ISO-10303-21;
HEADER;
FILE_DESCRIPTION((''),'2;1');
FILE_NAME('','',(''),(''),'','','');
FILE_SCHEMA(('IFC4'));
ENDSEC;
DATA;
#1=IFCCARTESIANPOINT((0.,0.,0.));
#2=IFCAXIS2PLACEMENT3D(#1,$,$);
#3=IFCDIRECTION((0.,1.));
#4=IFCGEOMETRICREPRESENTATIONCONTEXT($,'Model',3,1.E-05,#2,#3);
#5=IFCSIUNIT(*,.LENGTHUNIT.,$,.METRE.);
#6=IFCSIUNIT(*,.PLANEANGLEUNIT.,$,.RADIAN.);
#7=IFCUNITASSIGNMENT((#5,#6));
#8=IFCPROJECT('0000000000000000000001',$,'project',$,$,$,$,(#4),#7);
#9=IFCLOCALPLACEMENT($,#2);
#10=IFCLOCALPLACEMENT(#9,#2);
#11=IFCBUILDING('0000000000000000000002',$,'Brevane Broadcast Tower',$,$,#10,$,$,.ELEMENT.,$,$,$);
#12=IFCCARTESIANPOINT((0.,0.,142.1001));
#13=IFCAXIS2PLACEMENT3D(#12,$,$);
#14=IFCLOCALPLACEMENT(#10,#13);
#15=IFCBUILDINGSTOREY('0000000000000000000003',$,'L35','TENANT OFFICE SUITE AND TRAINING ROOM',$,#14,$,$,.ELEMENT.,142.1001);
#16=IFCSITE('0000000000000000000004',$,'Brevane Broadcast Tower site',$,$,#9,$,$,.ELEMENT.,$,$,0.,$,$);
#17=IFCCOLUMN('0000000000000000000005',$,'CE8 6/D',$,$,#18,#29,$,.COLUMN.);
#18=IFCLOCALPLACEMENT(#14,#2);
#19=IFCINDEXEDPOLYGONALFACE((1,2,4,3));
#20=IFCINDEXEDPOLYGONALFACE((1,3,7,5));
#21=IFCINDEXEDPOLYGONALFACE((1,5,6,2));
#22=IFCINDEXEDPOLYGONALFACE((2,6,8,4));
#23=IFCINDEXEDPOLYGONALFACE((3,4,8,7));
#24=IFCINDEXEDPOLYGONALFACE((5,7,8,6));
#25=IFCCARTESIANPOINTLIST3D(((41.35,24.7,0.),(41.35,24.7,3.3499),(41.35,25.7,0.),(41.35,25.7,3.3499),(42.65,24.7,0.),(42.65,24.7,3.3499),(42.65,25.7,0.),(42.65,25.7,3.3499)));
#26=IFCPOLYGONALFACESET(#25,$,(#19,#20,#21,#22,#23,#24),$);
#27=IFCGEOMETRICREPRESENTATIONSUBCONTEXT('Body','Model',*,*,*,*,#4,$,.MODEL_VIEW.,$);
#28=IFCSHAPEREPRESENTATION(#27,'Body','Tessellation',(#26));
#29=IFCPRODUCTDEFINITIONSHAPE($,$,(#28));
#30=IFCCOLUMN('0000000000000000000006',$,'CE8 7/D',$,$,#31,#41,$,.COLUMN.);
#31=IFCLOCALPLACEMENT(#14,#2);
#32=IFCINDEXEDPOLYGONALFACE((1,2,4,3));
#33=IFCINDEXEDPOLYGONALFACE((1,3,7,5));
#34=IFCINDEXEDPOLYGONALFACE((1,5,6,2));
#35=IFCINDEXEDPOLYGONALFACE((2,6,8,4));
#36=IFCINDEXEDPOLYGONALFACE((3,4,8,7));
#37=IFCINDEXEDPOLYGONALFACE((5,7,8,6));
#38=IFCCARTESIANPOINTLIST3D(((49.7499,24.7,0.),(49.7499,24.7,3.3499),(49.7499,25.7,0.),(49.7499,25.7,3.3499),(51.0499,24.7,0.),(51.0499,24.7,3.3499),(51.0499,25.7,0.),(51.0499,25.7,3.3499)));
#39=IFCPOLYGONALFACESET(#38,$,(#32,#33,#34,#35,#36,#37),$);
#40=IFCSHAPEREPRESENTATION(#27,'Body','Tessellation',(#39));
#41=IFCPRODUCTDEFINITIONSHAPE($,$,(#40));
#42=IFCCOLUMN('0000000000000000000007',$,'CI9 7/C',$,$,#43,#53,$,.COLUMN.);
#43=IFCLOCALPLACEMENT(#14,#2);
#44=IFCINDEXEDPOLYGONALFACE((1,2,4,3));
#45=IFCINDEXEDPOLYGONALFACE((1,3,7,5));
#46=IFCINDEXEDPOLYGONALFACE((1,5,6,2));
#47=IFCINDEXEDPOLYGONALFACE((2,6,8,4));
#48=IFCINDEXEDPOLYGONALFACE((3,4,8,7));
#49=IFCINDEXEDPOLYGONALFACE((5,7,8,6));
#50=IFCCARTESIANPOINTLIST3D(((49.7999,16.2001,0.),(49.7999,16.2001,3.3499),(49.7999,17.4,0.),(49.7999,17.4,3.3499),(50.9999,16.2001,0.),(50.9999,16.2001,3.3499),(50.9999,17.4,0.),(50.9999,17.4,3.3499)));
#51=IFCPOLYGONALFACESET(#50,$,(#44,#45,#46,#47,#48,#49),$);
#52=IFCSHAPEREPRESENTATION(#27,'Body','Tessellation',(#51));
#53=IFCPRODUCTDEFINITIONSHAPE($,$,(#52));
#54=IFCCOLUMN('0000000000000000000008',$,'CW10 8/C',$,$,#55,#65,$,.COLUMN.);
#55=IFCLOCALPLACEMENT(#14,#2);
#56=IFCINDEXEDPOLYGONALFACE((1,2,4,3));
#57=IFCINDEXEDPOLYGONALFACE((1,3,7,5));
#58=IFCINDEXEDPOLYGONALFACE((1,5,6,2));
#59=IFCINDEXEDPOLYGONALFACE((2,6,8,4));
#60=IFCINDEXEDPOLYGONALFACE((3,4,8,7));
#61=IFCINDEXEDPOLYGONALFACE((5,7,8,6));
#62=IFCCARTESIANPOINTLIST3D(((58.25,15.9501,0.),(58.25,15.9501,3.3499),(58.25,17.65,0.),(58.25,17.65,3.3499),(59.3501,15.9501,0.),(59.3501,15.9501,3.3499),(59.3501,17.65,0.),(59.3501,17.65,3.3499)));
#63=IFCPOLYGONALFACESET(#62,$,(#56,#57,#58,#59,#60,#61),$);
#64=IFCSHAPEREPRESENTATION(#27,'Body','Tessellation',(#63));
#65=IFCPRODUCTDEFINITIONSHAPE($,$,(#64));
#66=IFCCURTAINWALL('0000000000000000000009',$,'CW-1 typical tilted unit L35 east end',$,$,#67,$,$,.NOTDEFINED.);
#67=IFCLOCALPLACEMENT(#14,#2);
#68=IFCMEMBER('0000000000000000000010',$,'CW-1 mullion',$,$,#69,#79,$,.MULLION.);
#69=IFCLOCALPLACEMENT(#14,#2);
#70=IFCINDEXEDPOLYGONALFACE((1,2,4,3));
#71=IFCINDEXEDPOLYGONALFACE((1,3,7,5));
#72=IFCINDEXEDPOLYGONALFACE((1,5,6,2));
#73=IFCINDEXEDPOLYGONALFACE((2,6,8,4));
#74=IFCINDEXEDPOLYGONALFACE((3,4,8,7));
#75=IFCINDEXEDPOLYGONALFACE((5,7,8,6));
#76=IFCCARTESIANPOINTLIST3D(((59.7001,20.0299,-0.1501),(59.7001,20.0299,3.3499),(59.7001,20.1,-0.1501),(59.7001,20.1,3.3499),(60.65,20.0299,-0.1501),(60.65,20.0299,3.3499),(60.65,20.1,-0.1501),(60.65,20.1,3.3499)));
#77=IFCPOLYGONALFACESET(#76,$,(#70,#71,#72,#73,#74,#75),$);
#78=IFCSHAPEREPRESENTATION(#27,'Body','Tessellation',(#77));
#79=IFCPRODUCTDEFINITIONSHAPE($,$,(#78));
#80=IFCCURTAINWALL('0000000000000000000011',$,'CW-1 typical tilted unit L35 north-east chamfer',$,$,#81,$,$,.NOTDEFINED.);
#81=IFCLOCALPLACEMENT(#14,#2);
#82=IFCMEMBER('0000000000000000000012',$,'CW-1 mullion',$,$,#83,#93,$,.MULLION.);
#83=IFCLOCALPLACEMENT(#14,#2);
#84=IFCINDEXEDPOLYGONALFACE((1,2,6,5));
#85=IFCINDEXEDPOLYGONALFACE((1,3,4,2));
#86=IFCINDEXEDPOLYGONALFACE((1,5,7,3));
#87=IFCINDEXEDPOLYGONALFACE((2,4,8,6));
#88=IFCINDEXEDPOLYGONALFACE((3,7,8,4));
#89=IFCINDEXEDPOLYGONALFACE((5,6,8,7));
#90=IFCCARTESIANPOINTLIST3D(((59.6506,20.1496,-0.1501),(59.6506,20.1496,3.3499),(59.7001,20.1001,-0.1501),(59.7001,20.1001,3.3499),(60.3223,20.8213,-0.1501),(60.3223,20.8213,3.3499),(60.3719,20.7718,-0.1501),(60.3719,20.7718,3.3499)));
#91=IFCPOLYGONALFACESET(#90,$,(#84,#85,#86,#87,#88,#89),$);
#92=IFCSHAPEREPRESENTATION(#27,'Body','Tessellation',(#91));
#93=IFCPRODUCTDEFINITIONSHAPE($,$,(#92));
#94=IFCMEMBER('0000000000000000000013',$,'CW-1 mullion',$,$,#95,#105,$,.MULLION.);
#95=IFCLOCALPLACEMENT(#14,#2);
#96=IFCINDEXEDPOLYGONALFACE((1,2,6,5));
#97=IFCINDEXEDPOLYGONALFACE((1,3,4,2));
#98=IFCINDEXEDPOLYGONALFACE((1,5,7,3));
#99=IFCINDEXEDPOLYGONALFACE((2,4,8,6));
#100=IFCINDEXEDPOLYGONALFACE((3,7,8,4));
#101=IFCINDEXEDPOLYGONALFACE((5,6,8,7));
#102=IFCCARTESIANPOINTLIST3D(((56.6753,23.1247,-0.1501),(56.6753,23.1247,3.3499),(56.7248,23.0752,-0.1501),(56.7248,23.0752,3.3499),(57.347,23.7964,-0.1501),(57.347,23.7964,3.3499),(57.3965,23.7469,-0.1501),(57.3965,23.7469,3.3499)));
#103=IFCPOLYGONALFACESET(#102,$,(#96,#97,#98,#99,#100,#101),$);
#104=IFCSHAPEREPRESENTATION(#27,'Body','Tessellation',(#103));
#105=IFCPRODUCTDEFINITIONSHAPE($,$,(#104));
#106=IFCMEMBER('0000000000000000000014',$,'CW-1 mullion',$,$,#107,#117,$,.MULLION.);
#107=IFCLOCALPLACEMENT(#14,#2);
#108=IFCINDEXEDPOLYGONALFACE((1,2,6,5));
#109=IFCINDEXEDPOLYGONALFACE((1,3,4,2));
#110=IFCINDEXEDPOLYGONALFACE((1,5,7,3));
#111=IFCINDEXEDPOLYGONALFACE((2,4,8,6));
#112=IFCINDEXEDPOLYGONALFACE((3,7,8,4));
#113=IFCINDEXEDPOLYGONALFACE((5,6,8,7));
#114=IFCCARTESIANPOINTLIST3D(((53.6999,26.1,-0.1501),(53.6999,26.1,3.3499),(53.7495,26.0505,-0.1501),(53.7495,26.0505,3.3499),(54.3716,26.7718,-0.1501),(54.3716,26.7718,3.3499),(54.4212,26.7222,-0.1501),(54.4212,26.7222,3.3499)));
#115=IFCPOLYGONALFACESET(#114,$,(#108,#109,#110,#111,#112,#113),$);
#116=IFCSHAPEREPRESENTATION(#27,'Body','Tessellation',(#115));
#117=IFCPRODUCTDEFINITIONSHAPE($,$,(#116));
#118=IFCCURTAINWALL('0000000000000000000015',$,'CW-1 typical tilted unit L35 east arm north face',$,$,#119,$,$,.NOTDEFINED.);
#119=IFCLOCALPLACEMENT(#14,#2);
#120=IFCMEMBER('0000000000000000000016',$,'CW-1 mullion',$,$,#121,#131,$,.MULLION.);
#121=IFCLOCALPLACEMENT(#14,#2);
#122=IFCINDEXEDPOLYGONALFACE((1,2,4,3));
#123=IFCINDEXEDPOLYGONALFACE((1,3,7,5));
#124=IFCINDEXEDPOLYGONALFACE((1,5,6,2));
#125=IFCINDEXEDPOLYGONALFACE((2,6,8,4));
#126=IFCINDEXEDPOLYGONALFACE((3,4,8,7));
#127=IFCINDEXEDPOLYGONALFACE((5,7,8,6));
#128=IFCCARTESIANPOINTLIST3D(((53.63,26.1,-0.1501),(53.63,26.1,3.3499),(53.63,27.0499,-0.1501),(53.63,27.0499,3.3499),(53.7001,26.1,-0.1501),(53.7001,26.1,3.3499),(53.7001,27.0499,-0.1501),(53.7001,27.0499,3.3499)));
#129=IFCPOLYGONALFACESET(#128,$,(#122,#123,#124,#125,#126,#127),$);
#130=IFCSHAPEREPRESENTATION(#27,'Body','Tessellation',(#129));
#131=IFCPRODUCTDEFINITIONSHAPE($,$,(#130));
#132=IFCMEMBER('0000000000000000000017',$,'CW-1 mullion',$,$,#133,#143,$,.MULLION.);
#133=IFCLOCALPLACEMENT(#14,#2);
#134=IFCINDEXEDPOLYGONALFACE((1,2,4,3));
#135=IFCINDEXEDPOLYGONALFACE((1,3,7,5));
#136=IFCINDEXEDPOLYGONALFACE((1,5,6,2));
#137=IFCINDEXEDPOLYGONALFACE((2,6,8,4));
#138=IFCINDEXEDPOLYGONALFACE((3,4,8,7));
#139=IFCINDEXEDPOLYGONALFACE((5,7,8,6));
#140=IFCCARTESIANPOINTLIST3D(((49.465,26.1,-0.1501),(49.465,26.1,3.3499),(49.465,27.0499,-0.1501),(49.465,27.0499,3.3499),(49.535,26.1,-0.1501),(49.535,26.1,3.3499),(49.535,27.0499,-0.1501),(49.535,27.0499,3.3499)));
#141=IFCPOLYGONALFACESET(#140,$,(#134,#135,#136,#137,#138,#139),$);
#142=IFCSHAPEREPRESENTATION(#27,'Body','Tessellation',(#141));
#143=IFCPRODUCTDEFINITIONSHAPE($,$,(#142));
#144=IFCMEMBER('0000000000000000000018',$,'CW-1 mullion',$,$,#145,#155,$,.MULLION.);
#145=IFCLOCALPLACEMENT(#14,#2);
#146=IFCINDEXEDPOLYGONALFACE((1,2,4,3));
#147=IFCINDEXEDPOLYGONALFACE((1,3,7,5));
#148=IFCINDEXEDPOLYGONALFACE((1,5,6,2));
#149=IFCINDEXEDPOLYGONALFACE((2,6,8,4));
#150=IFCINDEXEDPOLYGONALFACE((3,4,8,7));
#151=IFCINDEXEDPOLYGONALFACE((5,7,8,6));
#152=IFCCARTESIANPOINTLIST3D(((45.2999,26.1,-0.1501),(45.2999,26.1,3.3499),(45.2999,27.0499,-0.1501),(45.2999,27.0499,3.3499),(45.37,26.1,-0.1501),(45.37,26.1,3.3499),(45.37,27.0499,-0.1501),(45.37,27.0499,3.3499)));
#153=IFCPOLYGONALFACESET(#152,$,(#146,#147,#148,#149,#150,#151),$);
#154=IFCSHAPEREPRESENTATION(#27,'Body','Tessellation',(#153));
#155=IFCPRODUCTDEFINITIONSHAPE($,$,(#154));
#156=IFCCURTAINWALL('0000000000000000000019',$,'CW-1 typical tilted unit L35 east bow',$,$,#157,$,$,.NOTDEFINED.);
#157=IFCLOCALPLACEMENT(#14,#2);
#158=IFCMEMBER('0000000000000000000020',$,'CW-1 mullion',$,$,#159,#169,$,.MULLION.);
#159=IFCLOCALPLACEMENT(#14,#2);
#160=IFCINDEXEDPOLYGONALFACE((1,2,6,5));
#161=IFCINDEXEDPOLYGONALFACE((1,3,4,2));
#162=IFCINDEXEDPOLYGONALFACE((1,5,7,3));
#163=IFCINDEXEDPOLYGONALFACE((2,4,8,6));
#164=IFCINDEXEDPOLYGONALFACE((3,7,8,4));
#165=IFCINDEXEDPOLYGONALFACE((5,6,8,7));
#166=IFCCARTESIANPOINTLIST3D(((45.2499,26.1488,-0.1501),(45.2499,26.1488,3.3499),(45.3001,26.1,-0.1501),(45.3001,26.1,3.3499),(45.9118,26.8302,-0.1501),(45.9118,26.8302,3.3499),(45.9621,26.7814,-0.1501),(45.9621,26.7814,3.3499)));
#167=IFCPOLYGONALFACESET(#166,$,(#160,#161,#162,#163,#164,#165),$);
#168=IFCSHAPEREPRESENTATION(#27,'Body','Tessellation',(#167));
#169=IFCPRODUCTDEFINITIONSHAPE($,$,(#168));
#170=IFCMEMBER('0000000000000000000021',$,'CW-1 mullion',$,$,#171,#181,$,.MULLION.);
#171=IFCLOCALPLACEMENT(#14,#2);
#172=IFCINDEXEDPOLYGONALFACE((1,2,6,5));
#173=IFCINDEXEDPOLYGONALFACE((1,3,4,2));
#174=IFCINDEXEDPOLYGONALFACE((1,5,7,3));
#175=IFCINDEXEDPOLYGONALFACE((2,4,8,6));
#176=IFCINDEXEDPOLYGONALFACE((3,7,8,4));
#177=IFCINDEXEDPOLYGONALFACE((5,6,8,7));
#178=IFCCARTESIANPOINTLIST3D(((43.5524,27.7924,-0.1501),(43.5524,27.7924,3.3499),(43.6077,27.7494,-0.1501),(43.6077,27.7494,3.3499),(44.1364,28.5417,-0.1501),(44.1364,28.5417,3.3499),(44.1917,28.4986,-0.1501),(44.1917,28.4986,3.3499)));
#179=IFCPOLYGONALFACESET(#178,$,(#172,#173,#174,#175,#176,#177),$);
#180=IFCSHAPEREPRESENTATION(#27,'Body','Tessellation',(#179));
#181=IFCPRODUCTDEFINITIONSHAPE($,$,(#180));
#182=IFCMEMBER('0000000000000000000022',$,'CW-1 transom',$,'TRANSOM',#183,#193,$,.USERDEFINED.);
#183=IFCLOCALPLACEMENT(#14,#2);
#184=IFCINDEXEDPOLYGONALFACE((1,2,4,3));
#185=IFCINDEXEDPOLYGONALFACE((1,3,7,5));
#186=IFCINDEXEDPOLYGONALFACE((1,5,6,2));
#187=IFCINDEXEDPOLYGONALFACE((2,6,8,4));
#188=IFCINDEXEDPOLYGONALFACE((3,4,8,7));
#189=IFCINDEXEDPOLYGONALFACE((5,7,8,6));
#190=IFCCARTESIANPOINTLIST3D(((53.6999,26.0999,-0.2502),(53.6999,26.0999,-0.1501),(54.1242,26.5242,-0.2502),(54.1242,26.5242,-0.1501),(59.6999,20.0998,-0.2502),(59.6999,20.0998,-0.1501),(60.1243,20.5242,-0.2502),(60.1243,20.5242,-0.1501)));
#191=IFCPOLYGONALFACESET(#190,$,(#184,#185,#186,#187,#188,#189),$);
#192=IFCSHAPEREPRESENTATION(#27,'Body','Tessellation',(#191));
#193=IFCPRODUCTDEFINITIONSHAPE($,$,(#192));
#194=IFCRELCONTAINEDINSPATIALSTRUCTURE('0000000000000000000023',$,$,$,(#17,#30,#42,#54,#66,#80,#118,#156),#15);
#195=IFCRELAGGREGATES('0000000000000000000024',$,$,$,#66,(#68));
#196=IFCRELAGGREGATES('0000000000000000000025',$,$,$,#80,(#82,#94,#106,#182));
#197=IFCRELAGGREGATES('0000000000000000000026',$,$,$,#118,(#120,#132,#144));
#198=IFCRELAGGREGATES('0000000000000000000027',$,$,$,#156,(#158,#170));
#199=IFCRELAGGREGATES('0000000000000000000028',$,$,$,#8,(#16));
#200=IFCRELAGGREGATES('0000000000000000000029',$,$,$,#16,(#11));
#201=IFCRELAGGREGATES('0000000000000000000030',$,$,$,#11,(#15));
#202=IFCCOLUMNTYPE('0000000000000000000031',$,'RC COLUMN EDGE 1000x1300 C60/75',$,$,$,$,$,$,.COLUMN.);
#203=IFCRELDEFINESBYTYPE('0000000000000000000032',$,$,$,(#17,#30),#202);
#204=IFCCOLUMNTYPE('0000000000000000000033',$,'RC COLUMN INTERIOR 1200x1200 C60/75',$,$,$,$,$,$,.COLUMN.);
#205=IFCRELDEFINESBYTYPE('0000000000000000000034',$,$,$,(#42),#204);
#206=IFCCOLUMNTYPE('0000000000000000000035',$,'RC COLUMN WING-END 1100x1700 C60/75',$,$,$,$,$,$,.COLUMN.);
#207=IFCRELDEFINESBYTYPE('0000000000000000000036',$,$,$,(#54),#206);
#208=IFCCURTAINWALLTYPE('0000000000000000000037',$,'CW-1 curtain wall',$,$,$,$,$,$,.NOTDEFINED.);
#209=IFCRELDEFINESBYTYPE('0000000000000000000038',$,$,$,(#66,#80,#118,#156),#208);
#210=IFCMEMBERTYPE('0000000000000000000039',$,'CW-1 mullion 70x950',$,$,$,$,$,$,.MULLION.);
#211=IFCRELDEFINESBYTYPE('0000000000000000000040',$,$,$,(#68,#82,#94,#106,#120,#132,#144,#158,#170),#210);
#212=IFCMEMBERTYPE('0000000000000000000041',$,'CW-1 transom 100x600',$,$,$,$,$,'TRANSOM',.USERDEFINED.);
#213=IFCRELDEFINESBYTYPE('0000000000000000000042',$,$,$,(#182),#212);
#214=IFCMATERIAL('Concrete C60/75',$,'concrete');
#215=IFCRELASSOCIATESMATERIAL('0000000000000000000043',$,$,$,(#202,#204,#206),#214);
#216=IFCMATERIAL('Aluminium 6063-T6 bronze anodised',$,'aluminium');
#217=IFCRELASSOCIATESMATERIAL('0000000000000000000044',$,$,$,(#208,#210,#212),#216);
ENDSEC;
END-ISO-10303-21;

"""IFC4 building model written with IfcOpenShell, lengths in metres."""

from ifc_helpers import new_model, si_unit, direction, frame, origin, origin_2d, place, context, subcontext, project, spatial, rectangle, extrude, material, material_profile, profile_set, type_object, element, aggregate, save


model = new_model("IFC4")

# Units and contexts
model_context = context("Model", 3, precision=1e-05, world=origin(), true_north=direction((0.0, 1.0)))
body_context = subcontext(model_context, "Body", "Model", "MODEL_VIEW")
ifc_project = project(units=[si_unit("LENGTHUNIT", "METRE"), si_unit("PLANEANGLEUNIT", "RADIAN")], contexts=[model_context])

# Site, building, storey
site_placement = place(None, origin())
site = spatial("IfcSite", under=ifc_project, at=site_placement, Name="Brevane Broadcast Tower site", CompositionType="ELEMENT", RefElevation=0.0)
building_placement = place(site_placement, origin())
building = spatial("IfcBuilding", under=site, at=building_placement, Name="Brevane Broadcast Tower", CompositionType="ELEMENT")
storey_placement = place(building_placement, frame((0.0, 0.0, 142.1001)))
storey = spatial("IfcBuildingStorey", under=building, at=storey_placement, Name="L35", Description="TENANT OFFICE SUITE AND TRAINING ROOM", CompositionType="ELEMENT", Elevation=142.1001)

# Columns
ifc_material_1 = material(Name="Concrete C60/75", Category="concrete")
ifc_material_profile_1 = material_profile(ifc_material_1, rectangle(XDim=1.0, YDim=1.3, at=origin_2d()), Name="RC 1000x1300")
ifc_profile_set_1 = profile_set([ifc_material_profile_1], Name="Concrete C60/75")
column_type_1 = type_object("IfcColumnType", Name="RC COLUMN EDGE 1000x1300 C60/75", PredefinedType="COLUMN", material=ifc_profile_set_1)
for number, where, z_axis, x_axis, name in (
    (1, (42.0, 25.2, 0.0), (0.0, 0.0, 1.0), (0.0, 1.0, 0.0), "CE8 6/D"),
    (2, (50.3999, 25.2, 0.0), (0.0, 0.0, 1.0), (0.0, 1.0, 0.0), "CE8 7/D"),
):
    element("IfcColumn", number, at=place(storey_placement, frame(where, z_axis=z_axis, x_axis=x_axis)), inside=storey, type_object=column_type_1, Name=name, PredefinedType="COLUMN", context=body_context, shape_type="SweptSolid", body=[
        extrude(rectangle(XDim=1.0, YDim=1.3, at=origin_2d()), origin(), (0.0, 0.0, 1.0), 3.3499),
    ])
ifc_material_profile_2 = material_profile(ifc_material_1, rectangle(XDim=1.2, YDim=1.2, at=origin_2d()), Name="RC 1200x1200")
ifc_profile_set_2 = profile_set([ifc_material_profile_2], Name="Concrete C60/75")
column_type_2 = type_object("IfcColumnType", Name="RC COLUMN INTERIOR 1200x1200 C60/75", PredefinedType="COLUMN", material=ifc_profile_set_2)
column_1_placement = place(storey_placement, frame((50.3999, 16.8, 0.0), z_axis=(0.0, 0.0, 1.0), x_axis=(1.0, 0.0, 0.0)))
element("IfcColumn", 3, at=column_1_placement, inside=storey, type_object=column_type_2, Name="CI9 7/C", PredefinedType="COLUMN", context=body_context, shape_type="SweptSolid", body=[
    extrude(rectangle(XDim=1.2, YDim=1.2, at=origin_2d()), origin(), (0.0, 0.0, 1.0), 3.3499),
])
ifc_material_profile_3 = material_profile(ifc_material_1, rectangle(XDim=1.1001, YDim=1.7, at=origin_2d()), Name="RC 1100x1700")
ifc_profile_set_3 = profile_set([ifc_material_profile_3], Name="Concrete C60/75")
column_type_3 = type_object("IfcColumnType", Name="RC COLUMN WING-END 1100x1700 C60/75", PredefinedType="COLUMN", material=ifc_profile_set_3)
column_2_placement = place(storey_placement, frame((58.8, 16.8, 0.0), z_axis=(0.0, 0.0, 1.0), x_axis=(1.0, 0.0, 0.0)))
element("IfcColumn", 4, at=column_2_placement, inside=storey, type_object=column_type_3, Name="CW10 8/C", PredefinedType="COLUMN", context=body_context, shape_type="SweptSolid", body=[
    extrude(rectangle(XDim=1.1001, YDim=1.7, at=origin_2d()), origin(), (0.0, 0.0, 1.0), 3.3499),
])

# Curtain wall, member
ifc_material_2 = material(Name="Aluminium 6063-T6 bronze anodised", Category="aluminium")
curtain_wall_type = type_object("IfcCurtainWallType", Name="CW-1 curtain wall", PredefinedType="NOTDEFINED", material=ifc_material_2)
curtain_wall_1_placement = place(storey_placement, origin())
curtain_wall_1 = element("IfcCurtainWall", 5, at=curtain_wall_1_placement, inside=storey, type_object=curtain_wall_type, Name="CW-1 typical tilted unit L35 east end", PredefinedType="NOTDEFINED")
ifc_material_profile_4 = material_profile(ifc_material_2, rectangle(XDim=0.95, YDim=0.0701, at=origin_2d()), Name="RECT 70x950")
ifc_profile_set_4 = profile_set([ifc_material_profile_4], Name="Aluminium 6063-T6 bronze anodised")
member_type_1 = type_object("IfcMemberType", Name="CW-1 mullion 70x950", PredefinedType="MULLION", material=ifc_profile_set_4)
member_1_placement = place(storey_placement, frame((60.175, 20.0649, -0.1501), z_axis=(0.0, 0.0, 1.0), x_axis=(-1.0, 0.0, 0.0)))
member_1 = element("IfcMember", 6, at=member_1_placement, type_object=member_type_1, Name="CW-1 mullion", PredefinedType="MULLION", context=body_context, shape_type="SweptSolid", body=[
    extrude(rectangle(XDim=0.95, YDim=0.0701, at=origin_2d()), origin(), (0.0, 0.0, 1.0), 3.5),
])
aggregate(curtain_wall_1, [member_1])

# Curtain walls, members
curtain_wall_2_placement = place(storey_placement, origin())
curtain_wall_2 = element("IfcCurtainWall", 7, at=curtain_wall_2_placement, inside=storey, type_object=curtain_wall_type, Name="CW-1 typical tilted unit L35 north-east chamfer", PredefinedType="NOTDEFINED")
member_2_placement = place(storey_placement, frame((60.0112, 20.4607, -0.1501), z_axis=(0.0, 0.0, 1.0), x_axis=(-0.707107, -0.707107, 0.0)))
member_2 = element("IfcMember", 8, at=member_2_placement, type_object=member_type_1, Name="CW-1 mullion", PredefinedType="MULLION", context=body_context, shape_type="SweptSolid", body=[
    extrude(rectangle(XDim=0.95, YDim=0.0701, at=origin_2d()), origin(), (0.0, 0.0, 1.0), 3.5),
])
member_3_placement = place(storey_placement, frame((57.0359, 23.4358, -0.1501), z_axis=(0.0, 0.0, 1.0), x_axis=(-0.707107, -0.707107, 0.0)))
member_3 = element("IfcMember", 9, at=member_3_placement, type_object=member_type_1, Name="CW-1 mullion", PredefinedType="MULLION", context=body_context, shape_type="SweptSolid", body=[
    extrude(rectangle(XDim=0.95, YDim=0.0701, at=origin_2d()), origin(), (0.0, 0.0, 1.0), 3.5),
])
member_4_placement = place(storey_placement, frame((54.0605, 26.4111, -0.1501), z_axis=(0.0, 0.0, 1.0), x_axis=(-0.707107, -0.707107, 0.0)))
member_4 = element("IfcMember", 10, at=member_4_placement, type_object=member_type_1, Name="CW-1 mullion", PredefinedType="MULLION", context=body_context, shape_type="SweptSolid", body=[
    extrude(rectangle(XDim=0.95, YDim=0.0701, at=origin_2d()), origin(), (0.0, 0.0, 1.0), 3.5),
])
curtain_wall_3_placement = place(storey_placement, origin())
curtain_wall_3 = element("IfcCurtainWall", 11, at=curtain_wall_3_placement, inside=storey, type_object=curtain_wall_type, Name="CW-1 typical tilted unit L35 east arm north face", PredefinedType="NOTDEFINED")
member_5_placement = place(storey_placement, frame((53.665, 26.575, -0.1501), z_axis=(0.0, 0.0, 1.0), x_axis=(0.0, -1.0, 0.0)))
member_5 = element("IfcMember", 12, at=member_5_placement, type_object=member_type_1, Name="CW-1 mullion", PredefinedType="MULLION", context=body_context, shape_type="SweptSolid", body=[
    extrude(rectangle(XDim=0.95, YDim=0.0701, at=origin_2d()), origin(), (0.0, 0.0, 1.0), 3.5),
])
member_6_placement = place(storey_placement, frame((49.5, 26.575, -0.1501), z_axis=(0.0, 0.0, 1.0), x_axis=(0.0, -1.0, 0.0)))
member_6 = element("IfcMember", 13, at=member_6_placement, type_object=member_type_1, Name="CW-1 mullion", PredefinedType="MULLION", context=body_context, shape_type="SweptSolid", body=[
    extrude(rectangle(XDim=0.95, YDim=0.0701, at=origin_2d()), origin(), (0.0, 0.0, 1.0), 3.5),
])
member_7_placement = place(storey_placement, frame((45.335, 26.575, -0.1501), z_axis=(0.0, 0.0, 1.0), x_axis=(0.0, -1.0, 0.0)))
member_7 = element("IfcMember", 14, at=member_7_placement, type_object=member_type_1, Name="CW-1 mullion", PredefinedType="MULLION", context=body_context, shape_type="SweptSolid", body=[
    extrude(rectangle(XDim=0.95, YDim=0.0701, at=origin_2d()), origin(), (0.0, 0.0, 1.0), 3.5),
])
curtain_wall_4_placement = place(storey_placement, origin())
curtain_wall_4 = element("IfcCurtainWall", 15, at=curtain_wall_4_placement, inside=storey, type_object=curtain_wall_type, Name="CW-1 typical tilted unit L35 east bow", PredefinedType="NOTDEFINED")
member_8_placement = place(storey_placement, frame((45.606, 26.4651, -0.1501), z_axis=(0.0, 0.0, 1.0), x_axis=(-0.696812, -0.717254, 0.0)))
member_8 = element("IfcMember", 16, at=member_8_placement, type_object=member_type_1, Name="CW-1 mullion", PredefinedType="MULLION", context=body_context, shape_type="SweptSolid", body=[
    extrude(rectangle(XDim=0.95, YDim=0.0701, at=origin_2d()), origin(), (0.0, 0.0, 1.0), 3.5),
])
member_9_placement = place(storey_placement, frame((43.8721, 28.1455, -0.1501), z_axis=(0.0, 0.0, 1.0), x_axis=(-0.61477, -0.788707, 0.0)))
member_9 = element("IfcMember", 17, at=member_9_placement, type_object=member_type_1, Name="CW-1 mullion", PredefinedType="MULLION", context=body_context, shape_type="SweptSolid", body=[
    extrude(rectangle(XDim=0.95, YDim=0.0701, at=origin_2d()), origin(), (0.0, 0.0, 1.0), 3.5),
])

# Member
ifc_material_profile_5 = material_profile(ifc_material_2, rectangle(XDim=0.6001, YDim=0.1001, at=origin_2d()), Name="RECT 100x600")
ifc_profile_set_5 = profile_set([ifc_material_profile_5], Name="Aluminium 6063-T6 bronze anodised")
member_type_2 = type_object("IfcMemberType", Name="CW-1 transom 100x600", ElementType="TRANSOM", PredefinedType="USERDEFINED", material=ifc_profile_set_5)
member_10_placement = place(storey_placement, frame((59.9121, 20.312, -0.2002), z_axis=(-0.707107, 0.707107, 0.0), x_axis=(-0.707107, -0.707107, 0.0)))
member_10 = element("IfcMember", 18, at=member_10_placement, type_object=member_type_2, Name="CW-1 transom", ObjectType="TRANSOM", PredefinedType="USERDEFINED", context=body_context, shape_type="SweptSolid", body=[
    extrude(rectangle(XDim=0.6001, YDim=0.1001, at=origin_2d()), origin(), (0.0, 0.0, 1.0), 8.4854),
])
aggregate(curtain_wall_2, [member_2, member_3, member_4, member_10])
aggregate(curtain_wall_3, [member_5, member_6, member_7])
aggregate(curtain_wall_4, [member_8, member_9])

save(model, "model.ifc")
